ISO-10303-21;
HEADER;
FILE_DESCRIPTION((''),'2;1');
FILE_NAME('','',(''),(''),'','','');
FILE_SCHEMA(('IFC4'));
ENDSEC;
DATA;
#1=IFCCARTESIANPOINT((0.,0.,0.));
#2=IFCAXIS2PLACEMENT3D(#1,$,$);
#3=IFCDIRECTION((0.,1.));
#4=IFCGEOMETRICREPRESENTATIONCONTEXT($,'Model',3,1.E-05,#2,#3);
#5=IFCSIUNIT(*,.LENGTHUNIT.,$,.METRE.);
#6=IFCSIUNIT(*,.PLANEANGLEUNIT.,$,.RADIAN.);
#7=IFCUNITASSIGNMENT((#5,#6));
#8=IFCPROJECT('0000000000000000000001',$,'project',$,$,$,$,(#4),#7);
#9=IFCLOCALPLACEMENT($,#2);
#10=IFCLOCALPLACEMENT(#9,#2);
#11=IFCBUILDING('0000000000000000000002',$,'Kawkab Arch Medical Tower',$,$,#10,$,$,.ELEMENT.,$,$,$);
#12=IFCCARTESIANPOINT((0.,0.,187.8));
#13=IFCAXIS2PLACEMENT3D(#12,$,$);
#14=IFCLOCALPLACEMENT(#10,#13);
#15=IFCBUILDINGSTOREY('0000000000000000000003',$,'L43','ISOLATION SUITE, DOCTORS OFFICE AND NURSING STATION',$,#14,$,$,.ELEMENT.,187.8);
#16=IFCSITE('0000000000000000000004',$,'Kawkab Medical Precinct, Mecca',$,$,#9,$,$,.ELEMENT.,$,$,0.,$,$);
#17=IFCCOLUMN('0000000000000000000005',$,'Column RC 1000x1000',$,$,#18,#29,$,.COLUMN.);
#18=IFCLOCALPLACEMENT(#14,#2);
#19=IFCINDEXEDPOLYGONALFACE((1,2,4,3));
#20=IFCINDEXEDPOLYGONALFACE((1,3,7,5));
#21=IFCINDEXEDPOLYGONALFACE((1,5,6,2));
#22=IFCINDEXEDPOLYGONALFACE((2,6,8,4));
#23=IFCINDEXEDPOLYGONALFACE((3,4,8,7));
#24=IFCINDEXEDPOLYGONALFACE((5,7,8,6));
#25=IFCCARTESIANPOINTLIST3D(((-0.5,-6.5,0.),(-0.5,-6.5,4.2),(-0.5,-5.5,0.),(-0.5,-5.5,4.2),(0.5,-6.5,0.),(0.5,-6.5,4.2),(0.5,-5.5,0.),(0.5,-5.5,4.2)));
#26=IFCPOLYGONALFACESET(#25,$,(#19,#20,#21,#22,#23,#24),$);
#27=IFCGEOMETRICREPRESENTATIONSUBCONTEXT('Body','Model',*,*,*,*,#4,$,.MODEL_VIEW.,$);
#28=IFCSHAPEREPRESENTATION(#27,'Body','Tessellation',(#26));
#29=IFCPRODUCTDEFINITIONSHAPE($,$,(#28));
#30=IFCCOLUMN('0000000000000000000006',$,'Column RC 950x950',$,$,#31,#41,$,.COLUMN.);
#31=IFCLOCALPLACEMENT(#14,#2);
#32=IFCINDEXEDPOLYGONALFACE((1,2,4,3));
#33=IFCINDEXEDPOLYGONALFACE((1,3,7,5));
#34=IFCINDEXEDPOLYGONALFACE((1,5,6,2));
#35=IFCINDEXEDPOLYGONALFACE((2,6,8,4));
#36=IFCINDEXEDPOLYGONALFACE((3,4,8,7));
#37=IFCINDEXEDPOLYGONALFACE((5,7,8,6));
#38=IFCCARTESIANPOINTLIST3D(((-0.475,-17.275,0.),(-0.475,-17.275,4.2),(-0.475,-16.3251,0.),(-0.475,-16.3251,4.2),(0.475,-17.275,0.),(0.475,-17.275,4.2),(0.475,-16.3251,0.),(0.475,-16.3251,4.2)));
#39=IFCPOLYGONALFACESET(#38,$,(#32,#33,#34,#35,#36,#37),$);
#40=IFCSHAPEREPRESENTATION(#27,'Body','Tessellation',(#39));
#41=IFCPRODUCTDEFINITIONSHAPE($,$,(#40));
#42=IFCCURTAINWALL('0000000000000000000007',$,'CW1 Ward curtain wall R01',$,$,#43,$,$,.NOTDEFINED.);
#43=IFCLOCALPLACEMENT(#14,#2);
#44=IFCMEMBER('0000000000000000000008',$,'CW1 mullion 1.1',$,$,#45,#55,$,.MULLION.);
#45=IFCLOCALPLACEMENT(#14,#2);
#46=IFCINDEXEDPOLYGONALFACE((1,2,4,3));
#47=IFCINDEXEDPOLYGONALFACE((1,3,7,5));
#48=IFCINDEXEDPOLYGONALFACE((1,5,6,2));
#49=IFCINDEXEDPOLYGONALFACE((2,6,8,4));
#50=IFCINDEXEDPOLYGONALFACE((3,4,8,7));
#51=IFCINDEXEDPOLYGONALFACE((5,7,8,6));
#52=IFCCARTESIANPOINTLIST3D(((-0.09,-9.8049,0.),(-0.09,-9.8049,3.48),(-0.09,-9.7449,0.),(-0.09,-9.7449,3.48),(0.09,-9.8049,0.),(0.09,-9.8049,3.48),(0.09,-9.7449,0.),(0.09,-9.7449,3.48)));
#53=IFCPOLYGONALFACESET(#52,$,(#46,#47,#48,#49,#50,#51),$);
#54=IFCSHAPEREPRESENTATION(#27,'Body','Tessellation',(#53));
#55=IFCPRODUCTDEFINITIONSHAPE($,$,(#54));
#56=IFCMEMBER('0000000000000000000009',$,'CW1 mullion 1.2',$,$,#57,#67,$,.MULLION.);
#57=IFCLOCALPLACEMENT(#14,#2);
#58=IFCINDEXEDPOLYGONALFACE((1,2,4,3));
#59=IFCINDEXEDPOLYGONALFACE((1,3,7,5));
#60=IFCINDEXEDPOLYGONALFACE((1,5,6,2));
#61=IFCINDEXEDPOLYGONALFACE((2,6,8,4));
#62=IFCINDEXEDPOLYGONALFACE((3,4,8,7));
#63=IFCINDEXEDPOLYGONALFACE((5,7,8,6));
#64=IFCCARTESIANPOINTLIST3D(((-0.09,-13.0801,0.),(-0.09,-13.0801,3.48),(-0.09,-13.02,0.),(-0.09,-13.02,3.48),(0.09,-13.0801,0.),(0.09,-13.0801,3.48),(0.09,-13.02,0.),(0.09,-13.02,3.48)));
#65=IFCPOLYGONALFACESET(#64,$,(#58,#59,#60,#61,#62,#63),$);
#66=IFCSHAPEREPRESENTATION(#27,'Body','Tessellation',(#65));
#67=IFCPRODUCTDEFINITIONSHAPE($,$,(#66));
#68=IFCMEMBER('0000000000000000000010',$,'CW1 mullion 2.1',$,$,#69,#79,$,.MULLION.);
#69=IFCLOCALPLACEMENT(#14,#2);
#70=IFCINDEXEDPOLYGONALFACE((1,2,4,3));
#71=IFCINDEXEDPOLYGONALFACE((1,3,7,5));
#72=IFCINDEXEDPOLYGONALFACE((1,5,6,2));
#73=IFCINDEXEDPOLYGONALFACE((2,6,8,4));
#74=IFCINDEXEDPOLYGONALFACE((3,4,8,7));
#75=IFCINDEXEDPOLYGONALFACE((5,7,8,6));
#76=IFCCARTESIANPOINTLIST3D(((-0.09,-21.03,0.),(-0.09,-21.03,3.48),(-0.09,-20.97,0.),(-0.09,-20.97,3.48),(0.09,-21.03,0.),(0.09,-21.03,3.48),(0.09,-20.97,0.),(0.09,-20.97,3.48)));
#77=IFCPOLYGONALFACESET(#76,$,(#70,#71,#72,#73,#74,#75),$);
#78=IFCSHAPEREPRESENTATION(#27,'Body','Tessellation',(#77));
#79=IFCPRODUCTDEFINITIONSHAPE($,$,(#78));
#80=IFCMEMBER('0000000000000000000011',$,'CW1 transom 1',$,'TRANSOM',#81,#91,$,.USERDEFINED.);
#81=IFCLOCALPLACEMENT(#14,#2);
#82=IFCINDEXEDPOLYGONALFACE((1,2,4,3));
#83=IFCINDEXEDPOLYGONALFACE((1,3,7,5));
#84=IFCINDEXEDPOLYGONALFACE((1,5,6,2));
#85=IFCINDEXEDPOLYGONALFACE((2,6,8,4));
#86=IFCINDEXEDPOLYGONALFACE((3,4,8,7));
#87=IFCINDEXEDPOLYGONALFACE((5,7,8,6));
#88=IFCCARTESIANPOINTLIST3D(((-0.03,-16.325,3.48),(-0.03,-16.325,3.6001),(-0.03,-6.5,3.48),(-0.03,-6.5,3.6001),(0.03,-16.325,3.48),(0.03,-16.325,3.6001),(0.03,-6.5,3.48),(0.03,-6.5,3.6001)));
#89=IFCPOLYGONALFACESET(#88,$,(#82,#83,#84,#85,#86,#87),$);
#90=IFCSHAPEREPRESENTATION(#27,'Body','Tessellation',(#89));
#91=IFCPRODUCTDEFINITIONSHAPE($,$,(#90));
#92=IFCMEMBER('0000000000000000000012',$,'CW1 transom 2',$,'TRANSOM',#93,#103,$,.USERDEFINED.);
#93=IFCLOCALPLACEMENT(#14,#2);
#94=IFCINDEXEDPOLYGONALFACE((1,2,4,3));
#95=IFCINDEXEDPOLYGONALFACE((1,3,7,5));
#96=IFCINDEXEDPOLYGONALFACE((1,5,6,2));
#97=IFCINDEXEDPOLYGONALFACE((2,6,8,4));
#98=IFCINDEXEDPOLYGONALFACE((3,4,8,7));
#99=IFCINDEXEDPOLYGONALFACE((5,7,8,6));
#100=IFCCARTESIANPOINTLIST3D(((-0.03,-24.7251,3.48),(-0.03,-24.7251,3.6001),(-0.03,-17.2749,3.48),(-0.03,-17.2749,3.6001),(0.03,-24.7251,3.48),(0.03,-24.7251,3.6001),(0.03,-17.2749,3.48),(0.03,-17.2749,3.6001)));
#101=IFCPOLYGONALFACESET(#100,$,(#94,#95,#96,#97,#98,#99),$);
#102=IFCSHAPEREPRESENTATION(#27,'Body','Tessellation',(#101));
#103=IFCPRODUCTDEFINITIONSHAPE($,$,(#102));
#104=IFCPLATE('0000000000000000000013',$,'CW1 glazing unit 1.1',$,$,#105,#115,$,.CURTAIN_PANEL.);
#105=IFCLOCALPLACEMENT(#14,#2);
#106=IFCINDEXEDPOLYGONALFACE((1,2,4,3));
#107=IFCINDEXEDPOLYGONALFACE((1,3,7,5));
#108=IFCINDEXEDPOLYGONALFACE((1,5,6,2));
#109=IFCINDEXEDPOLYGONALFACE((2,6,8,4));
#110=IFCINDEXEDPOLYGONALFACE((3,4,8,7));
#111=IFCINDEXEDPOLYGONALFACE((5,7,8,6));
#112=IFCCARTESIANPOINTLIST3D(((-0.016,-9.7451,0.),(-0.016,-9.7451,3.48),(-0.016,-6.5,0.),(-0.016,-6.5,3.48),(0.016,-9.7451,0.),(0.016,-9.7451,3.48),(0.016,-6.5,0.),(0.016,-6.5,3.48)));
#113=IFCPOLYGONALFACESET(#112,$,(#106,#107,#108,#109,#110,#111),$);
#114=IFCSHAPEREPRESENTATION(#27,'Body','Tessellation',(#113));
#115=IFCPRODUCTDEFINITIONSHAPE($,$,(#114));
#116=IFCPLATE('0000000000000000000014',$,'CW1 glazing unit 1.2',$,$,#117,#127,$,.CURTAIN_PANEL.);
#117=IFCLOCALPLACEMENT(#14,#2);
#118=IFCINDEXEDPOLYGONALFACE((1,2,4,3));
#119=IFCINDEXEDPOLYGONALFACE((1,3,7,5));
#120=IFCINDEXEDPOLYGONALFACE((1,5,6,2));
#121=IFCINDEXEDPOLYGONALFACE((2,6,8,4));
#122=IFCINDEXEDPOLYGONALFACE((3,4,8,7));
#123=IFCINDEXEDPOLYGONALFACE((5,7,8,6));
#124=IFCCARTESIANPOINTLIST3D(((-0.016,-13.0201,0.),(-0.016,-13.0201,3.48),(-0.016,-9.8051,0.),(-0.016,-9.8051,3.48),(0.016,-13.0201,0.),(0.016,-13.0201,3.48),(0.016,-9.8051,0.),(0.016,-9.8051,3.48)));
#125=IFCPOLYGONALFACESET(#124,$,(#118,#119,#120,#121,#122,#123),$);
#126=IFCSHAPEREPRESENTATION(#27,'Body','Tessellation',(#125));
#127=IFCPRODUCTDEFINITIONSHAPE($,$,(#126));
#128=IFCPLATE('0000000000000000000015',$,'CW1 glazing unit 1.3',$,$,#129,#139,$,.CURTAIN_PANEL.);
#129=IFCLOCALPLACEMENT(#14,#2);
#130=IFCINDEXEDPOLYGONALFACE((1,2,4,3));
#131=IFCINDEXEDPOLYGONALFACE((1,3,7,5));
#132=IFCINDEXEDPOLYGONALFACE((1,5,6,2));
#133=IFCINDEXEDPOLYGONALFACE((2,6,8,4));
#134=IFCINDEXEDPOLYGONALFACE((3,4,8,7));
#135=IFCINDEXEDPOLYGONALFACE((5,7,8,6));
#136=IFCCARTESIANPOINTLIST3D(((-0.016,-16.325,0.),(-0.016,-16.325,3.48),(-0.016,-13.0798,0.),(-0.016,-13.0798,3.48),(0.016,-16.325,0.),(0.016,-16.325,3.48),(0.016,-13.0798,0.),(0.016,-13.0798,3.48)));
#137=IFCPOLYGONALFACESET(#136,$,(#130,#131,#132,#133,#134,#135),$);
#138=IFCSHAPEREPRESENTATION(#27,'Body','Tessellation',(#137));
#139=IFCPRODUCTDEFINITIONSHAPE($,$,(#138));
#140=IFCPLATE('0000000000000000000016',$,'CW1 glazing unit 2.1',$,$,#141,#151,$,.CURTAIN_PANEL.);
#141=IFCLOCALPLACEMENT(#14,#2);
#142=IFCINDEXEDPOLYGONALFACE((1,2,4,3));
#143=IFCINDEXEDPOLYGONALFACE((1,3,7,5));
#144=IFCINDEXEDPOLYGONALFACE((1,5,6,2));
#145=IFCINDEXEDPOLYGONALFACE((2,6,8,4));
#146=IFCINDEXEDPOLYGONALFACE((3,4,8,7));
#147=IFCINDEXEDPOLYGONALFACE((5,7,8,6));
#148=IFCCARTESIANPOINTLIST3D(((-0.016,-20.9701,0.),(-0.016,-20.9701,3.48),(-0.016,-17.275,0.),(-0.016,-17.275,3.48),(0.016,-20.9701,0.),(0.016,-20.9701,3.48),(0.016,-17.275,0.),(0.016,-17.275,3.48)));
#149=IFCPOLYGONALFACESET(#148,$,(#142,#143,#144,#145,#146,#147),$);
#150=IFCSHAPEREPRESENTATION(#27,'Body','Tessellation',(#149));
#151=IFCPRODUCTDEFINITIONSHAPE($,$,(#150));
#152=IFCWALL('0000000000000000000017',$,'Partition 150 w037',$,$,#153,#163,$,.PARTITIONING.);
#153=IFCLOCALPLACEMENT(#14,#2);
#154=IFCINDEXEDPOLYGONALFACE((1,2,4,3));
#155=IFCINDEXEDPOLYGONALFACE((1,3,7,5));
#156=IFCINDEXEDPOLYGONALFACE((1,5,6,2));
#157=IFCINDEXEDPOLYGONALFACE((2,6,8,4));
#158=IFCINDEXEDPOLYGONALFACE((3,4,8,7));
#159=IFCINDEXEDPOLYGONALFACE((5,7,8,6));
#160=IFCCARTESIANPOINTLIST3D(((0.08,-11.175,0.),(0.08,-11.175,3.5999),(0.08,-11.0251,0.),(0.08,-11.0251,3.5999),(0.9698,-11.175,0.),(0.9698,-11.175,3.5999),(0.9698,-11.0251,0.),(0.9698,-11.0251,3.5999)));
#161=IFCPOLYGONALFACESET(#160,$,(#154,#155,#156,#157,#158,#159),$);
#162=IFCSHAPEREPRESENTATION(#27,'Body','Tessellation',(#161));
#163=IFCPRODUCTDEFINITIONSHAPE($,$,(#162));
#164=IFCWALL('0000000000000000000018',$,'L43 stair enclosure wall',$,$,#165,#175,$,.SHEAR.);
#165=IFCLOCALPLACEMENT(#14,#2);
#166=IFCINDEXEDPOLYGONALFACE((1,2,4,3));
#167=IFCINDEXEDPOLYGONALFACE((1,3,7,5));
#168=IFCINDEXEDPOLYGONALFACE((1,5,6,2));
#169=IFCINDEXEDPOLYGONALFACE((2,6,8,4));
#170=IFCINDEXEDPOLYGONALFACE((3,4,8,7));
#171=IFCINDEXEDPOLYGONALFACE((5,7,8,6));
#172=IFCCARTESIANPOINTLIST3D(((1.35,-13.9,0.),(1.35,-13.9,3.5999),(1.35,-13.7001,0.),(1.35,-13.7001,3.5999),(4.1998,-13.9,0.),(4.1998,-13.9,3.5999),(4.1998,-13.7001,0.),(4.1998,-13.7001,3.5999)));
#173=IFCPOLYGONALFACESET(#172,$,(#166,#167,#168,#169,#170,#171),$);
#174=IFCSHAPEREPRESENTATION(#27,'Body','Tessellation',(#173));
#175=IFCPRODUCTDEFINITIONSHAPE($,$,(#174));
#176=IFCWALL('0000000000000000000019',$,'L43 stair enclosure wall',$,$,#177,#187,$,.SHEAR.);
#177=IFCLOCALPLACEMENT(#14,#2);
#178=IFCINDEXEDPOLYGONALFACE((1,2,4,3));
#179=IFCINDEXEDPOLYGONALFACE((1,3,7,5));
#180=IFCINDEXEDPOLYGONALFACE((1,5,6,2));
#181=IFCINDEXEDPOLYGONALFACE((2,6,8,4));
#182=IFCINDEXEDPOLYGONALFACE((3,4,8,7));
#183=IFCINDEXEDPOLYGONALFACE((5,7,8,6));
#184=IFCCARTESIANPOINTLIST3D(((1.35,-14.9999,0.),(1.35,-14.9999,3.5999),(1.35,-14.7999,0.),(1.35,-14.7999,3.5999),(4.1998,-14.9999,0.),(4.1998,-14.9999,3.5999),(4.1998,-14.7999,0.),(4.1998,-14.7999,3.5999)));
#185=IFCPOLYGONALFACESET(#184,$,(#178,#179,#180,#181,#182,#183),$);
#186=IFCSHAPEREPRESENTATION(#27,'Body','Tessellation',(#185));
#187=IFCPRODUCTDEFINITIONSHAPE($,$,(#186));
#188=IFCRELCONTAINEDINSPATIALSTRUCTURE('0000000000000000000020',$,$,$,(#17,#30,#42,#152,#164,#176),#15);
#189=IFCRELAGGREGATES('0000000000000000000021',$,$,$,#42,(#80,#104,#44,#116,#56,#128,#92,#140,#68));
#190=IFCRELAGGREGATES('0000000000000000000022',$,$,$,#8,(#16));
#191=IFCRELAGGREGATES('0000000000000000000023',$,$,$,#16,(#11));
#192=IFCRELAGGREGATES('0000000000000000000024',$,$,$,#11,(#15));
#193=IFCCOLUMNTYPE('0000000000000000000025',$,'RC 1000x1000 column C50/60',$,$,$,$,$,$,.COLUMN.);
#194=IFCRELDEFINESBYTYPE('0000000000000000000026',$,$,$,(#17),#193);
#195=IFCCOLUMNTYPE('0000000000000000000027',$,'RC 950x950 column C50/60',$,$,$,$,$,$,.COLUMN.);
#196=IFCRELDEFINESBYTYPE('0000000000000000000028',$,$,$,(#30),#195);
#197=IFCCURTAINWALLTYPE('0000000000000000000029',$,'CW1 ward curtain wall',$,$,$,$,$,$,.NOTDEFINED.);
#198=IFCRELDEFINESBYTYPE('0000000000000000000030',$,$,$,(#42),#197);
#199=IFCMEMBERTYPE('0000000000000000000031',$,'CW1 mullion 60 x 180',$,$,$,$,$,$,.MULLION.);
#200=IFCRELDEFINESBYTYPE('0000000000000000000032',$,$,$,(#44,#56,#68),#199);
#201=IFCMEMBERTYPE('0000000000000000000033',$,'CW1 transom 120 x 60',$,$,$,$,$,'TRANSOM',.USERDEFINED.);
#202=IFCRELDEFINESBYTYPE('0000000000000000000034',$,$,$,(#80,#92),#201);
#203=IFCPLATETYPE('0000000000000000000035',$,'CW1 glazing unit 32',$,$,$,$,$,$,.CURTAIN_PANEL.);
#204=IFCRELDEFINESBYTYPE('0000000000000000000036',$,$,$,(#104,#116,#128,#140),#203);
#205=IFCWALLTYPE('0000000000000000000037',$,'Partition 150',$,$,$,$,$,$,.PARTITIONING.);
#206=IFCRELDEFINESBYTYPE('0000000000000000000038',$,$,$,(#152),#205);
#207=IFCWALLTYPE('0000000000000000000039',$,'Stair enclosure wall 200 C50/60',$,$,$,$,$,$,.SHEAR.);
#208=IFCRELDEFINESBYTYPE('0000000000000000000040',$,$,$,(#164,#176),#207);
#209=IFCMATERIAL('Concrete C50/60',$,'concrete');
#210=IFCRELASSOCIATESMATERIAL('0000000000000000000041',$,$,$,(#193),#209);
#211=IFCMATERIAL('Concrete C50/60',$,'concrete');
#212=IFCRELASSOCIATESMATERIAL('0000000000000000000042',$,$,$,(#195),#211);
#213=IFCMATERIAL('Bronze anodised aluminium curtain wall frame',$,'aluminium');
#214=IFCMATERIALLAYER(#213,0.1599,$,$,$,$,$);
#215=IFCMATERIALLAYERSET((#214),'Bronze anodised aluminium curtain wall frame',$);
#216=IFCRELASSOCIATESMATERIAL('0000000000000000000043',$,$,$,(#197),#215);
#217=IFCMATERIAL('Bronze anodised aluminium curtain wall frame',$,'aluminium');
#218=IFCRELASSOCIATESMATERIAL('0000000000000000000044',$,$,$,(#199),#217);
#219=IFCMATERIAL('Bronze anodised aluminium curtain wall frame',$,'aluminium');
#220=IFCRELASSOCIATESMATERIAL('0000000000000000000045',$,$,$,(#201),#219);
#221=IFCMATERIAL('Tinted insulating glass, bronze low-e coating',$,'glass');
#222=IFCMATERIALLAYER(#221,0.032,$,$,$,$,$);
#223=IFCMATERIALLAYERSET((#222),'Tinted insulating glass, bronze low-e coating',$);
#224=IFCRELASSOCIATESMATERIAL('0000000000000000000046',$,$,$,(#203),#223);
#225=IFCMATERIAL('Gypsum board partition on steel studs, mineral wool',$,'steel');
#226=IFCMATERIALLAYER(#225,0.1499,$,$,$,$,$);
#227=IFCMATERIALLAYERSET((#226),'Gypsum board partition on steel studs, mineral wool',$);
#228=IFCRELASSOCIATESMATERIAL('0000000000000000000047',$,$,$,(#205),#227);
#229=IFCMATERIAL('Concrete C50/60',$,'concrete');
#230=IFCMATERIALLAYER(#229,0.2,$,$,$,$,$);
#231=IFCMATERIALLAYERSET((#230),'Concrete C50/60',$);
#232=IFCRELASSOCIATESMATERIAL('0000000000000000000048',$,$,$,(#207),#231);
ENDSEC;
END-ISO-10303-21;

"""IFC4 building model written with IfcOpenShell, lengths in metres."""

from ifc_helpers import new_model, si_unit, direction, frame, frame_2d, origin, origin_2d, place, context, subcontext, project, spatial, rectangle, extrude, material, layer, layer_set, material_profile, profile_set, type_object, element, aggregate, save


model = new_model("IFC4")

# Units and contexts
model_context = context("Model", 3, precision=1e-05, world=origin(), true_north=direction((0.0, 1.0)))
body_context = subcontext(model_context, "Body", "Model", "MODEL_VIEW")
ifc_project = project(units=[si_unit("LENGTHUNIT", "METRE"), si_unit("PLANEANGLEUNIT", "RADIAN")], contexts=[model_context])

# Site, building, storey
site_placement = place(None, origin())
site = spatial("IfcSite", under=ifc_project, at=site_placement, Name="Kawkab Medical Precinct, Mecca", CompositionType="ELEMENT", RefElevation=0.0)
building_placement = place(site_placement, origin())
building = spatial("IfcBuilding", under=site, at=building_placement, Name="Kawkab Arch Medical Tower", CompositionType="ELEMENT")
storey_placement = place(building_placement, frame((0.0, 0.0, 187.8)))
storey = spatial("IfcBuildingStorey", under=building, at=storey_placement, Name="L43", Description="ISOLATION SUITE, DOCTORS OFFICE AND NURSING STATION", CompositionType="ELEMENT", Elevation=187.8)

# Columns
ifc_material_1 = material(Name="Concrete C50/60", Category="concrete")
ifc_material_profile_1 = material_profile(ifc_material_1, rectangle(XDim=1.0, YDim=1.0, at=origin_2d()), Name="RC 1000x1000")
ifc_profile_set_1 = profile_set([ifc_material_profile_1], Name="Concrete C50/60")
column_type_1 = type_object("IfcColumnType", Name="RC 1000x1000 column C50/60", PredefinedType="COLUMN", material=ifc_profile_set_1)
column_1_placement = place(storey_placement, frame((0.0, -6.0, 0.0), z_axis=(0.0, 0.0, 1.0), x_axis=(1.0, 0.0, 0.0)))
element("IfcColumn", 1, at=column_1_placement, inside=storey, type_object=column_type_1, Name="Column RC 1000x1000", PredefinedType="COLUMN", context=body_context, shape_type="SweptSolid", body=[
    extrude(rectangle(XDim=1.0, YDim=1.0, at=origin_2d()), origin(), (0.0, 0.0, 1.0), 4.2),
])
ifc_material_2 = material(Name="Concrete C50/60", Category="concrete")
ifc_material_profile_2 = material_profile(ifc_material_2, rectangle(XDim=0.95, YDim=0.95, at=origin_2d()), Name="RC 950x950")
ifc_profile_set_2 = profile_set([ifc_material_profile_2], Name="Concrete C50/60")
column_type_2 = type_object("IfcColumnType", Name="RC 950x950 column C50/60", PredefinedType="COLUMN", material=ifc_profile_set_2)
column_2_placement = place(storey_placement, frame((0.0, -16.8, 0.0), z_axis=(0.0, 0.0, 1.0), x_axis=(1.0, 0.0, 0.0)))
element("IfcColumn", 2, at=column_2_placement, inside=storey, type_object=column_type_2, Name="Column RC 950x950", PredefinedType="COLUMN", context=body_context, shape_type="SweptSolid", body=[
    extrude(rectangle(XDim=0.95, YDim=0.95, at=origin_2d()), origin(), (0.0, 0.0, 1.0), 4.2),
])

# Curtain wall, members, plates
ifc_material_3 = material(Name="Bronze anodised aluminium curtain wall frame", Category="aluminium")
ifc_layer_1 = layer(ifc_material_3, 0.1599)
ifc_layer_set_1 = layer_set([ifc_layer_1], Name="Bronze anodised aluminium curtain wall frame")
curtain_wall_type = type_object("IfcCurtainWallType", Name="CW1 ward curtain wall", PredefinedType="NOTDEFINED", material=ifc_layer_set_1)
placement = place(storey_placement, origin())
curtain_wall = element("IfcCurtainWall", 3, at=placement, inside=storey, type_object=curtain_wall_type, Name="CW1 Ward curtain wall R01", PredefinedType="NOTDEFINED")
ifc_material_4 = material(Name="Bronze anodised aluminium curtain wall frame", Category="aluminium")
ifc_material_profile_3 = material_profile(ifc_material_4, rectangle(XDim=0.1799, YDim=0.0601, at=origin_2d()), Name="AL 60x180")
ifc_profile_set_3 = profile_set([ifc_material_profile_3], Name="Bronze anodised aluminium curtain wall frame")
member_type_1 = type_object("IfcMemberType", Name="CW1 mullion 60 x 180", PredefinedType="MULLION", material=ifc_profile_set_3)
member_1_placement = place(storey_placement, frame((0.0, -9.7749, 0.0), z_axis=(0.0, 0.0, 1.0), x_axis=(1.0, 0.0, 0.0)))
member_1 = element("IfcMember", 4, at=member_1_placement, type_object=member_type_1, Name="CW1 mullion 1.1", PredefinedType="MULLION", context=body_context, shape_type="SweptSolid", body=[
    extrude(rectangle(XDim=0.1799, YDim=0.0601, at=origin_2d()), origin(), (0.0, 0.0, 1.0), 3.48),
])
member_2_placement = place(storey_placement, frame((0.0, -13.05, 0.0), z_axis=(0.0, 0.0, 1.0), x_axis=(1.0, 0.0, 0.0)))
member_2 = element("IfcMember", 5, at=member_2_placement, type_object=member_type_1, Name="CW1 mullion 1.2", PredefinedType="MULLION", context=body_context, shape_type="SweptSolid", body=[
    extrude(rectangle(XDim=0.1799, YDim=0.0601, at=origin_2d()), origin(), (0.0, 0.0, 1.0), 3.48),
])
member_3_placement = place(storey_placement, frame((0.0, -21.0, 0.0), z_axis=(0.0, 0.0, 1.0), x_axis=(1.0, 0.0, 0.0)))
member_3 = element("IfcMember", 6, at=member_3_placement, type_object=member_type_1, Name="CW1 mullion 2.1", PredefinedType="MULLION", context=body_context, shape_type="SweptSolid", body=[
    extrude(rectangle(XDim=0.1799, YDim=0.0601, at=origin_2d()), origin(), (0.0, 0.0, 1.0), 3.48),
])
ifc_material_5 = material(Name="Bronze anodised aluminium curtain wall frame", Category="aluminium")
ifc_material_profile_4 = material_profile(ifc_material_5, rectangle(XDim=0.0601, YDim=0.1201, at=origin_2d()), Name="AL 60x120")
ifc_profile_set_4 = profile_set([ifc_material_profile_4], Name="Bronze anodised aluminium curtain wall frame")
member_type_2 = type_object("IfcMemberType", Name="CW1 transom 120 x 60", ElementType="TRANSOM", PredefinedType="USERDEFINED", material=ifc_profile_set_4)
member_4_placement = place(storey_placement, frame((0.0, -6.5, 3.54), z_axis=(0.0, -1.0, 0.0), x_axis=(1.0, 0.0, 0.0)))
member_4 = element("IfcMember", 7, at=member_4_placement, type_object=member_type_2, Name="CW1 transom 1", ObjectType="TRANSOM", PredefinedType="USERDEFINED", context=body_context, shape_type="SweptSolid", body=[
    extrude(rectangle(XDim=0.0601, YDim=0.1201, at=origin_2d()), origin(), (0.0, 0.0, 1.0), 9.825),
])
member_5_placement = place(storey_placement, frame((0.0, -17.2749, 3.54), z_axis=(0.0, -1.0, 0.0), x_axis=(1.0, 0.0, 0.0)))
member_5 = element("IfcMember", 8, at=member_5_placement, type_object=member_type_2, Name="CW1 transom 2", ObjectType="TRANSOM", PredefinedType="USERDEFINED", context=body_context, shape_type="SweptSolid", body=[
    extrude(rectangle(XDim=0.0601, YDim=0.1201, at=origin_2d()), origin(), (0.0, 0.0, 1.0), 7.4502),
])
ifc_material_6 = material(Name="Tinted insulating glass, bronze low-e coating", Category="glass")
ifc_layer_2 = layer(ifc_material_6, 0.032)
ifc_layer_set_2 = layer_set([ifc_layer_2], Name="Tinted insulating glass, bronze low-e coating")
plate_type = type_object("IfcPlateType", Name="CW1 glazing unit 32", PredefinedType="CURTAIN_PANEL", material=ifc_layer_set_2)
plate_1_placement = place(storey_placement, frame((0.0, -8.1226, 0.0), z_axis=(0.0, 0.0, 1.0), x_axis=(0.0, -1.0, 0.0)))
plate_1 = element("IfcPlate", 9, at=plate_1_placement, type_object=plate_type, Name="CW1 glazing unit 1.1", PredefinedType="CURTAIN_PANEL", context=body_context, shape_type="SweptSolid", body=[
    extrude(rectangle(XDim=3.2451, YDim=0.032, at=origin_2d()), origin(), (0.0, 0.0, 1.0), 3.48),
])
plate_2_placement = place(storey_placement, frame((0.0, -11.4126, 0.0), z_axis=(0.0, 0.0, 1.0), x_axis=(0.0, -1.0, 0.0)))
plate_2 = element("IfcPlate", 10, at=plate_2_placement, type_object=plate_type, Name="CW1 glazing unit 1.2", PredefinedType="CURTAIN_PANEL", context=body_context, shape_type="SweptSolid", body=[
    extrude(rectangle(XDim=3.2151, YDim=0.032, at=origin_2d()), origin(), (0.0, 0.0, 1.0), 3.48),
])
plate_3_placement = place(storey_placement, frame((0.0, -14.7024, 0.0), z_axis=(0.0, 0.0, 1.0), x_axis=(0.0, -1.0, 0.0)))
plate_3 = element("IfcPlate", 11, at=plate_3_placement, type_object=plate_type, Name="CW1 glazing unit 1.3", PredefinedType="CURTAIN_PANEL", context=body_context, shape_type="SweptSolid", body=[
    extrude(rectangle(XDim=3.2451, YDim=0.032, at=origin_2d()), origin(), (0.0, 0.0, 1.0), 3.48),
])
plate_4_placement = place(storey_placement, frame((0.0, -19.1226, 0.0), z_axis=(0.0, 0.0, 1.0), x_axis=(0.0, -1.0, 0.0)))
plate_4 = element("IfcPlate", 12, at=plate_4_placement, type_object=plate_type, Name="CW1 glazing unit 2.1", PredefinedType="CURTAIN_PANEL", context=body_context, shape_type="SweptSolid", body=[
    extrude(rectangle(XDim=3.6951, YDim=0.032, at=origin_2d()), origin(), (0.0, 0.0, 1.0), 3.48),
])
aggregate(curtain_wall, [member_4, plate_1, member_1, plate_2, member_2, plate_3, member_5, plate_4, member_3])

# Walls
ifc_material_7 = material(Name="Gypsum board partition on steel studs, mineral wool", Category="steel")
ifc_layer_3 = layer(ifc_material_7, 0.1499)
ifc_layer_set_3 = layer_set([ifc_layer_3], Name="Gypsum board partition on steel studs, mineral wool")
wall_type_1 = type_object("IfcWallType", Name="Partition 150", PredefinedType="PARTITIONING", material=ifc_layer_set_3)
wall_1_placement = place(storey_placement, frame((0.0801, -11.1001, 0.0), z_axis=(0.0, 0.0, 1.0), x_axis=(1.0, 0.0, 0.0)))
element("IfcWall", 13, at=wall_1_placement, inside=storey, type_object=wall_type_1, Name="Partition 150 w037", PredefinedType="PARTITIONING", context=body_context, shape_type="SweptSolid", body=[
    extrude(rectangle(XDim=0.8899, YDim=0.1499, at=frame_2d((0.4448, 0.0))), origin(), (0.0, 0.0, 1.0), 3.5999),
])
ifc_material_8 = material(Name="Concrete C50/60", Category="concrete")
ifc_layer_4 = layer(ifc_material_8, 0.2)
ifc_layer_set_4 = layer_set([ifc_layer_4], Name="Concrete C50/60")
wall_type_2 = type_object("IfcWallType", Name="Stair enclosure wall 200 C50/60", PredefinedType="SHEAR", material=ifc_layer_set_4)
for number, where, z_axis, x_axis, name in (
    (14, (1.3501, -13.8, 0.0), (0.0, 0.0, 1.0), (1.0, 0.0, 0.0), "L43 stair enclosure wall"),
    (15, (1.3501, -14.8999, 0.0), (0.0, 0.0, 1.0), (1.0, 0.0, 0.0), "L43 stair enclosure wall"),
):
    element("IfcWall", number, at=place(storey_placement, frame(where, z_axis=z_axis, x_axis=x_axis)), inside=storey, type_object=wall_type_2, Name=name, PredefinedType="SHEAR", context=body_context, shape_type="SweptSolid", body=[
        extrude(rectangle(XDim=2.8499, YDim=0.2, at=frame_2d((1.4248, 0.0))), origin(), (0.0, 0.0, 1.0), 3.5999),
    ])

save(model, "model.ifc")
